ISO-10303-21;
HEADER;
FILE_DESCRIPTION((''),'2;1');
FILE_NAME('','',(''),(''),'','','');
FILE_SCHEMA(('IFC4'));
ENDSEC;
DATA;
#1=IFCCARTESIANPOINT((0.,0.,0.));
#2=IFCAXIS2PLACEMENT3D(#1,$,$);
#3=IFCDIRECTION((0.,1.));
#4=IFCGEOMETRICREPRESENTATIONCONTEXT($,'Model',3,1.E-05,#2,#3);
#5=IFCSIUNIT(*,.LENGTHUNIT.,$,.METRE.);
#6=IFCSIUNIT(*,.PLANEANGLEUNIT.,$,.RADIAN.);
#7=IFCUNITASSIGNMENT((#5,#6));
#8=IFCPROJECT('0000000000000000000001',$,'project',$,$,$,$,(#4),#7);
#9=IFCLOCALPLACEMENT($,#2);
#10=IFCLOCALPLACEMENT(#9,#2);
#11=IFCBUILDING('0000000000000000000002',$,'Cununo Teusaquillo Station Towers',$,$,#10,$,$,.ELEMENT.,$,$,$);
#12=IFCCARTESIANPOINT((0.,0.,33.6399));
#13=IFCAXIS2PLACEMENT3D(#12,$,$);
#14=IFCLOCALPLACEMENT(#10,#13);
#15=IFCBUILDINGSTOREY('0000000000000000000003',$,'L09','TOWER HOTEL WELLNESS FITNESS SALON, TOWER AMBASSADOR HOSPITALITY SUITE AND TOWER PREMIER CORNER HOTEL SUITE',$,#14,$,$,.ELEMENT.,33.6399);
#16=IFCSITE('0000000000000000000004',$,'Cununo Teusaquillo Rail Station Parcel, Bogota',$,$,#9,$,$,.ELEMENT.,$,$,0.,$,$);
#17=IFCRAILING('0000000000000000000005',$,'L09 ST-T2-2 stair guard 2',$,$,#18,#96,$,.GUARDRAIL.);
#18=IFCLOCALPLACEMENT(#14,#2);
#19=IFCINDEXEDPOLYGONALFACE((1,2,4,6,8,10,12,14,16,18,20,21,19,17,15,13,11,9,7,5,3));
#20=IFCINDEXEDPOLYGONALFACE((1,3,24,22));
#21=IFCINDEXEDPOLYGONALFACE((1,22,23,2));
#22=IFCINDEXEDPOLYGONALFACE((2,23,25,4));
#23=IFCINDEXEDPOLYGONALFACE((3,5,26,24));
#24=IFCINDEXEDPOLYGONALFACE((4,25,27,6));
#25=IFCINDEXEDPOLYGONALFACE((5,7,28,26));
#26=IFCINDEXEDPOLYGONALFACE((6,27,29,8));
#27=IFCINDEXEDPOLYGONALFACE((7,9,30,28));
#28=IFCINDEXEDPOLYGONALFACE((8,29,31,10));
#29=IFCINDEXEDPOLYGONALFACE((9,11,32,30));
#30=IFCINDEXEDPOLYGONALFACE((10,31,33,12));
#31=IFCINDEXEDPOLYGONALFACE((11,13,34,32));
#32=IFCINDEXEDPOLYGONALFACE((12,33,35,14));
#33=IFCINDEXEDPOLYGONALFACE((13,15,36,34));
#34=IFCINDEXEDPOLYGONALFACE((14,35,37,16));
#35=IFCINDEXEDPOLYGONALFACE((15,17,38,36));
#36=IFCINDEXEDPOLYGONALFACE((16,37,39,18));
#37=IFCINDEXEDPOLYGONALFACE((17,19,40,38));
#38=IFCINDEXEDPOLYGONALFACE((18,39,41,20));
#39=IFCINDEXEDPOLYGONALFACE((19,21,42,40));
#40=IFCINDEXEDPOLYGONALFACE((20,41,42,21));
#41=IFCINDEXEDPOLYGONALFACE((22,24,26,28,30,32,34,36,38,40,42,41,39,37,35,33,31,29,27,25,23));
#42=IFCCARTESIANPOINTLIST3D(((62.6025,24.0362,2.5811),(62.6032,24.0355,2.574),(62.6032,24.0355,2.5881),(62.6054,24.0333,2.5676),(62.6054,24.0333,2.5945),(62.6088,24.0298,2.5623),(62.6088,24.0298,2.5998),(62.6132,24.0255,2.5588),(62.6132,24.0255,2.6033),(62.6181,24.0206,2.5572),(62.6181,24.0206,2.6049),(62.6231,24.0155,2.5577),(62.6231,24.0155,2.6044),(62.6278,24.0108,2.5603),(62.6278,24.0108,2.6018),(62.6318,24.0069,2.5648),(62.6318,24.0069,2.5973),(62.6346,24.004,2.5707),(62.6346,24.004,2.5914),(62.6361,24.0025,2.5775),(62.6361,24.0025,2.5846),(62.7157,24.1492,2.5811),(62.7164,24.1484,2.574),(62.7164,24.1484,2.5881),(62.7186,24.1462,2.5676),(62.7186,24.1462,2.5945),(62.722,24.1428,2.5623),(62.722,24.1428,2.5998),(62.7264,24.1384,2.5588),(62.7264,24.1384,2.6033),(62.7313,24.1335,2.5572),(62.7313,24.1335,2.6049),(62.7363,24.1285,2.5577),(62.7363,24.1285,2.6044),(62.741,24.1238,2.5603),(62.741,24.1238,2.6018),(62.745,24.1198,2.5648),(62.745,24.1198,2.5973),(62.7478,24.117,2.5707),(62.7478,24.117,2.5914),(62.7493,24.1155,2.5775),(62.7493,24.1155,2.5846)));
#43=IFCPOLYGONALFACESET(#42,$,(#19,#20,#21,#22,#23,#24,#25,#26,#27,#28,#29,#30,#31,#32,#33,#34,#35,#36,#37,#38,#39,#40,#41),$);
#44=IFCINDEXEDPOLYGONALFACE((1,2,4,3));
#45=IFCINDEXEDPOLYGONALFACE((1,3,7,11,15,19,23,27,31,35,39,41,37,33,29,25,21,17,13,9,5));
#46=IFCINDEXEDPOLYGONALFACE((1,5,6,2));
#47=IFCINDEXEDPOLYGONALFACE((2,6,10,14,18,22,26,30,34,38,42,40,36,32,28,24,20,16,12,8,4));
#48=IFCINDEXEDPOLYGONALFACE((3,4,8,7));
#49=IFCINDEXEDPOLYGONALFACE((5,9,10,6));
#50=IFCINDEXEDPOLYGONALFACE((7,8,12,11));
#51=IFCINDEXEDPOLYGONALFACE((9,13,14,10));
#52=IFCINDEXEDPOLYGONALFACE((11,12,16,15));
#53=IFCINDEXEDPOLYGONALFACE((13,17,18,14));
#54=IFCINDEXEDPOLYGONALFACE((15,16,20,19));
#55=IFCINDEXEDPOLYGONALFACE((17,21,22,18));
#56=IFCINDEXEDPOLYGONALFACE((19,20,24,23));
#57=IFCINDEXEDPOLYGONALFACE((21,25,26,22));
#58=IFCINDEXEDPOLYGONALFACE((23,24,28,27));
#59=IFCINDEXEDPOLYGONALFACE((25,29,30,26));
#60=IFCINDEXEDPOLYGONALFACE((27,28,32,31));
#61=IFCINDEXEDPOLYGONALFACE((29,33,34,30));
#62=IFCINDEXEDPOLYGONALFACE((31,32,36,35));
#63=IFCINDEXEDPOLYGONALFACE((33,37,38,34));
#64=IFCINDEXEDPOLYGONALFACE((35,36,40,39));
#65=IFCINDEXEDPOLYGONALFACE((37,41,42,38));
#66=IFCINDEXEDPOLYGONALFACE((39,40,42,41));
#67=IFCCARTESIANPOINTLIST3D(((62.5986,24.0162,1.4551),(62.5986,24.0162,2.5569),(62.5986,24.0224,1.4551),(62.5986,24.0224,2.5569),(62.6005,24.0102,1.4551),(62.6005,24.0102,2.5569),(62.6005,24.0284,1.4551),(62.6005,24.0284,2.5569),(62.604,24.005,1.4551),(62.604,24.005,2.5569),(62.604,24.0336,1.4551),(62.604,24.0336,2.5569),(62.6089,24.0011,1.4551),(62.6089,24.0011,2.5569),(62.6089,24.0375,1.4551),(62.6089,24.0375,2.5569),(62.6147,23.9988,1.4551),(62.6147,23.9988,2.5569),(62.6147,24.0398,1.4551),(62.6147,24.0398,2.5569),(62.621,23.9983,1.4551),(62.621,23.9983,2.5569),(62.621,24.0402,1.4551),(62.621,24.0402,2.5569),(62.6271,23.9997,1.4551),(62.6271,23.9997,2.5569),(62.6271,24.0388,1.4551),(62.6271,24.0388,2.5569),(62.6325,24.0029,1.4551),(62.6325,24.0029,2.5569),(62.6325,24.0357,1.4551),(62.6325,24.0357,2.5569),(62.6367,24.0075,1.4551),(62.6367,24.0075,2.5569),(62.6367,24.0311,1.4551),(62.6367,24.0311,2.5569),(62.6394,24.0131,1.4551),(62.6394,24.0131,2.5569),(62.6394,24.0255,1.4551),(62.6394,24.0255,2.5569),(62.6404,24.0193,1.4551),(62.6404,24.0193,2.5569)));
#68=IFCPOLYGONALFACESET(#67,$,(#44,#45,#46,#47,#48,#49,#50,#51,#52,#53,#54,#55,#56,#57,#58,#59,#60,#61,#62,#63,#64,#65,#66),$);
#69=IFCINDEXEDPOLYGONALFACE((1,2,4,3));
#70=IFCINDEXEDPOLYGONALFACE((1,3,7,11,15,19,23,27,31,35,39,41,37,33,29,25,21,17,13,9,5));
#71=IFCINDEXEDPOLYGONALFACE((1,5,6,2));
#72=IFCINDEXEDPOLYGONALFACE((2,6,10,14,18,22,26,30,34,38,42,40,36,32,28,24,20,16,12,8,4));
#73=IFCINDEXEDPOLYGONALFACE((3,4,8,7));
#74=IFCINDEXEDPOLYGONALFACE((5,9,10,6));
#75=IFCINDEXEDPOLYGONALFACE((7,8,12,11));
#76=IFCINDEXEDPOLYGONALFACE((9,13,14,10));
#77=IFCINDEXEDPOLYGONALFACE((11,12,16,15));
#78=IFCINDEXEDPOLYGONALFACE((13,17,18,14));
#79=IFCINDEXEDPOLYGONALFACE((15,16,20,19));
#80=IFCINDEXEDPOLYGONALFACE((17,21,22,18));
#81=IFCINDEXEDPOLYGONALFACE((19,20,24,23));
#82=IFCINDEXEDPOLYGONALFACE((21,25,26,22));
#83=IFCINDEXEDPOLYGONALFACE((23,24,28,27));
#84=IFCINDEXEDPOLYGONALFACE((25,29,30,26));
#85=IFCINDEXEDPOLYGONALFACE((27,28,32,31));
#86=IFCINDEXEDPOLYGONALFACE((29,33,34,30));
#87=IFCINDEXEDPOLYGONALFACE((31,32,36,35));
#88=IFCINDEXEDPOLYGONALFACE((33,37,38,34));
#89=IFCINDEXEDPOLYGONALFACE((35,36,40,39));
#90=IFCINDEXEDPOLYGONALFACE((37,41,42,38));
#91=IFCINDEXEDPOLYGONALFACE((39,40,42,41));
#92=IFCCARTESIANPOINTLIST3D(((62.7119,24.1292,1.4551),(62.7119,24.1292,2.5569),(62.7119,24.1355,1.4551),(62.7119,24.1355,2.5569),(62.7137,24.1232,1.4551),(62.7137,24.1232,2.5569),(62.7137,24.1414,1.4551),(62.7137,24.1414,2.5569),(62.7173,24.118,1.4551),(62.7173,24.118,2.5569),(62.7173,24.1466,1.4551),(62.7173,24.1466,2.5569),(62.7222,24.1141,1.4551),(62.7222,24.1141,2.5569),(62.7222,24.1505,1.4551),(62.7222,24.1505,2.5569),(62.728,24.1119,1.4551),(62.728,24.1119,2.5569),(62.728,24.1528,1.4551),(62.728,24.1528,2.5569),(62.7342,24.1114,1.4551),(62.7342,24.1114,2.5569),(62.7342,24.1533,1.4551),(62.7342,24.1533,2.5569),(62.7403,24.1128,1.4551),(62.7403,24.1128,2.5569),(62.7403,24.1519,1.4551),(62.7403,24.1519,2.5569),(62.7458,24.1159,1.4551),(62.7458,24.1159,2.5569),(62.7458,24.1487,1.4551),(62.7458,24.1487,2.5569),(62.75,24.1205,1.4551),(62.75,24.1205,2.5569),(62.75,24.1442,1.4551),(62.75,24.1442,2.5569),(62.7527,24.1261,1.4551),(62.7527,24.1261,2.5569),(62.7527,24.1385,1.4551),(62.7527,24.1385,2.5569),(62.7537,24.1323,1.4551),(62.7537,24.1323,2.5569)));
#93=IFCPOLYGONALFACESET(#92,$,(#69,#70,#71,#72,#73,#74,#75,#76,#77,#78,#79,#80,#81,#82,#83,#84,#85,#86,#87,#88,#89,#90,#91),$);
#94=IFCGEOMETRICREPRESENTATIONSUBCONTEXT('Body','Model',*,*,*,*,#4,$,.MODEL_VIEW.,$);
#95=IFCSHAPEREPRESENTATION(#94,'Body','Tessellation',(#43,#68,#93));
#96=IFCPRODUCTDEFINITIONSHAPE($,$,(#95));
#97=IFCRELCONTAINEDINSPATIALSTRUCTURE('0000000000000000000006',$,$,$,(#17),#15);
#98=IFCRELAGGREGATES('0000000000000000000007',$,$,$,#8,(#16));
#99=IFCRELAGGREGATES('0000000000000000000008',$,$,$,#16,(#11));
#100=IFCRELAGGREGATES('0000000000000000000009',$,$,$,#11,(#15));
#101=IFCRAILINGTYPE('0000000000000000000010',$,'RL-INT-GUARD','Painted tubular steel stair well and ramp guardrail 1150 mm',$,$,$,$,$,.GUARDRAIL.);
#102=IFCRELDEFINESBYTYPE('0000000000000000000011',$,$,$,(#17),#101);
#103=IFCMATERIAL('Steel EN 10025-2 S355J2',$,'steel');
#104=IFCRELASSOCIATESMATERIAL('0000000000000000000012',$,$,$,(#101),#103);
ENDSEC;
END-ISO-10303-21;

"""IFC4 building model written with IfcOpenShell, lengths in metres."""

from ifc_helpers import new_model, si_unit, direction, frame, origin, origin_2d, place, context, subcontext, project, spatial, circle, extrude, material, type_object, element, save


model = new_model("IFC4")

# Units and contexts
model_context = context("Model", 3, precision=1e-05, world=origin(), true_north=direction((0.0, 1.0)))
body_context = subcontext(model_context, "Body", "Model", "MODEL_VIEW")
ifc_project = project(units=[si_unit("LENGTHUNIT", "METRE"), si_unit("PLANEANGLEUNIT", "RADIAN")], contexts=[model_context])

# Site, building, storey
site_placement = place(None, origin())
site = spatial("IfcSite", under=ifc_project, at=site_placement, Name="Cununo Teusaquillo Rail Station Parcel, Bogota", CompositionType="ELEMENT", RefElevation=0.0)
building_placement = place(site_placement, origin())
building = spatial("IfcBuilding", under=site, at=building_placement, Name="Cununo Teusaquillo Station Towers", CompositionType="ELEMENT")
storey_placement = place(building_placement, frame((0.0, 0.0, 33.6399)))
storey = spatial("IfcBuildingStorey", under=building, at=storey_placement, Name="L09", Description="TOWER HOTEL WELLNESS FITNESS SALON, TOWER AMBASSADOR HOSPITALITY SUITE AND TOWER PREMIER CORNER HOTEL SUITE", CompositionType="ELEMENT", Elevation=33.6399)

# Railing
ifc_material_1 = material(Name="Steel EN 10025-2 S355J2", Category="steel")
railing_type_1 = type_object("IfcRailingType", Name="RL-INT-GUARD", Description="Painted tubular steel stair well and ramp guardrail 1150 mm", PredefinedType="GUARDRAIL", material=ifc_material_1)
railing_1_placement = place(storey_placement, frame((62.6194, 24.0193, 1.4551)))
element("IfcRailing", 1, at=railing_1_placement, inside=storey, type_object=railing_type_1, Name="L09 ST-T2-2 stair guard 2", PredefinedType="GUARDRAIL", context=body_context, shape_type="SweptSolid", body=[
    extrude(circle(Radius=0.0239, at=origin_2d()), frame((0.0, 0.0, 1.126), z_axis=(0.707869, 0.706344, 0.0), x_axis=(-0.706344, 0.707869, 0.0)), (0.0, 0.0, 1.0), 0.1599),
    extrude(circle(Radius=0.021, at=origin_2d()), origin(), (0.0, 0.0, 1.0), 1.1018),
    extrude(circle(Radius=0.021, at=origin_2d()), frame((0.1133, 0.113, 0.0)), (0.0, 0.0, 1.0), 1.1018),
])

save(model, "model.ifc")
